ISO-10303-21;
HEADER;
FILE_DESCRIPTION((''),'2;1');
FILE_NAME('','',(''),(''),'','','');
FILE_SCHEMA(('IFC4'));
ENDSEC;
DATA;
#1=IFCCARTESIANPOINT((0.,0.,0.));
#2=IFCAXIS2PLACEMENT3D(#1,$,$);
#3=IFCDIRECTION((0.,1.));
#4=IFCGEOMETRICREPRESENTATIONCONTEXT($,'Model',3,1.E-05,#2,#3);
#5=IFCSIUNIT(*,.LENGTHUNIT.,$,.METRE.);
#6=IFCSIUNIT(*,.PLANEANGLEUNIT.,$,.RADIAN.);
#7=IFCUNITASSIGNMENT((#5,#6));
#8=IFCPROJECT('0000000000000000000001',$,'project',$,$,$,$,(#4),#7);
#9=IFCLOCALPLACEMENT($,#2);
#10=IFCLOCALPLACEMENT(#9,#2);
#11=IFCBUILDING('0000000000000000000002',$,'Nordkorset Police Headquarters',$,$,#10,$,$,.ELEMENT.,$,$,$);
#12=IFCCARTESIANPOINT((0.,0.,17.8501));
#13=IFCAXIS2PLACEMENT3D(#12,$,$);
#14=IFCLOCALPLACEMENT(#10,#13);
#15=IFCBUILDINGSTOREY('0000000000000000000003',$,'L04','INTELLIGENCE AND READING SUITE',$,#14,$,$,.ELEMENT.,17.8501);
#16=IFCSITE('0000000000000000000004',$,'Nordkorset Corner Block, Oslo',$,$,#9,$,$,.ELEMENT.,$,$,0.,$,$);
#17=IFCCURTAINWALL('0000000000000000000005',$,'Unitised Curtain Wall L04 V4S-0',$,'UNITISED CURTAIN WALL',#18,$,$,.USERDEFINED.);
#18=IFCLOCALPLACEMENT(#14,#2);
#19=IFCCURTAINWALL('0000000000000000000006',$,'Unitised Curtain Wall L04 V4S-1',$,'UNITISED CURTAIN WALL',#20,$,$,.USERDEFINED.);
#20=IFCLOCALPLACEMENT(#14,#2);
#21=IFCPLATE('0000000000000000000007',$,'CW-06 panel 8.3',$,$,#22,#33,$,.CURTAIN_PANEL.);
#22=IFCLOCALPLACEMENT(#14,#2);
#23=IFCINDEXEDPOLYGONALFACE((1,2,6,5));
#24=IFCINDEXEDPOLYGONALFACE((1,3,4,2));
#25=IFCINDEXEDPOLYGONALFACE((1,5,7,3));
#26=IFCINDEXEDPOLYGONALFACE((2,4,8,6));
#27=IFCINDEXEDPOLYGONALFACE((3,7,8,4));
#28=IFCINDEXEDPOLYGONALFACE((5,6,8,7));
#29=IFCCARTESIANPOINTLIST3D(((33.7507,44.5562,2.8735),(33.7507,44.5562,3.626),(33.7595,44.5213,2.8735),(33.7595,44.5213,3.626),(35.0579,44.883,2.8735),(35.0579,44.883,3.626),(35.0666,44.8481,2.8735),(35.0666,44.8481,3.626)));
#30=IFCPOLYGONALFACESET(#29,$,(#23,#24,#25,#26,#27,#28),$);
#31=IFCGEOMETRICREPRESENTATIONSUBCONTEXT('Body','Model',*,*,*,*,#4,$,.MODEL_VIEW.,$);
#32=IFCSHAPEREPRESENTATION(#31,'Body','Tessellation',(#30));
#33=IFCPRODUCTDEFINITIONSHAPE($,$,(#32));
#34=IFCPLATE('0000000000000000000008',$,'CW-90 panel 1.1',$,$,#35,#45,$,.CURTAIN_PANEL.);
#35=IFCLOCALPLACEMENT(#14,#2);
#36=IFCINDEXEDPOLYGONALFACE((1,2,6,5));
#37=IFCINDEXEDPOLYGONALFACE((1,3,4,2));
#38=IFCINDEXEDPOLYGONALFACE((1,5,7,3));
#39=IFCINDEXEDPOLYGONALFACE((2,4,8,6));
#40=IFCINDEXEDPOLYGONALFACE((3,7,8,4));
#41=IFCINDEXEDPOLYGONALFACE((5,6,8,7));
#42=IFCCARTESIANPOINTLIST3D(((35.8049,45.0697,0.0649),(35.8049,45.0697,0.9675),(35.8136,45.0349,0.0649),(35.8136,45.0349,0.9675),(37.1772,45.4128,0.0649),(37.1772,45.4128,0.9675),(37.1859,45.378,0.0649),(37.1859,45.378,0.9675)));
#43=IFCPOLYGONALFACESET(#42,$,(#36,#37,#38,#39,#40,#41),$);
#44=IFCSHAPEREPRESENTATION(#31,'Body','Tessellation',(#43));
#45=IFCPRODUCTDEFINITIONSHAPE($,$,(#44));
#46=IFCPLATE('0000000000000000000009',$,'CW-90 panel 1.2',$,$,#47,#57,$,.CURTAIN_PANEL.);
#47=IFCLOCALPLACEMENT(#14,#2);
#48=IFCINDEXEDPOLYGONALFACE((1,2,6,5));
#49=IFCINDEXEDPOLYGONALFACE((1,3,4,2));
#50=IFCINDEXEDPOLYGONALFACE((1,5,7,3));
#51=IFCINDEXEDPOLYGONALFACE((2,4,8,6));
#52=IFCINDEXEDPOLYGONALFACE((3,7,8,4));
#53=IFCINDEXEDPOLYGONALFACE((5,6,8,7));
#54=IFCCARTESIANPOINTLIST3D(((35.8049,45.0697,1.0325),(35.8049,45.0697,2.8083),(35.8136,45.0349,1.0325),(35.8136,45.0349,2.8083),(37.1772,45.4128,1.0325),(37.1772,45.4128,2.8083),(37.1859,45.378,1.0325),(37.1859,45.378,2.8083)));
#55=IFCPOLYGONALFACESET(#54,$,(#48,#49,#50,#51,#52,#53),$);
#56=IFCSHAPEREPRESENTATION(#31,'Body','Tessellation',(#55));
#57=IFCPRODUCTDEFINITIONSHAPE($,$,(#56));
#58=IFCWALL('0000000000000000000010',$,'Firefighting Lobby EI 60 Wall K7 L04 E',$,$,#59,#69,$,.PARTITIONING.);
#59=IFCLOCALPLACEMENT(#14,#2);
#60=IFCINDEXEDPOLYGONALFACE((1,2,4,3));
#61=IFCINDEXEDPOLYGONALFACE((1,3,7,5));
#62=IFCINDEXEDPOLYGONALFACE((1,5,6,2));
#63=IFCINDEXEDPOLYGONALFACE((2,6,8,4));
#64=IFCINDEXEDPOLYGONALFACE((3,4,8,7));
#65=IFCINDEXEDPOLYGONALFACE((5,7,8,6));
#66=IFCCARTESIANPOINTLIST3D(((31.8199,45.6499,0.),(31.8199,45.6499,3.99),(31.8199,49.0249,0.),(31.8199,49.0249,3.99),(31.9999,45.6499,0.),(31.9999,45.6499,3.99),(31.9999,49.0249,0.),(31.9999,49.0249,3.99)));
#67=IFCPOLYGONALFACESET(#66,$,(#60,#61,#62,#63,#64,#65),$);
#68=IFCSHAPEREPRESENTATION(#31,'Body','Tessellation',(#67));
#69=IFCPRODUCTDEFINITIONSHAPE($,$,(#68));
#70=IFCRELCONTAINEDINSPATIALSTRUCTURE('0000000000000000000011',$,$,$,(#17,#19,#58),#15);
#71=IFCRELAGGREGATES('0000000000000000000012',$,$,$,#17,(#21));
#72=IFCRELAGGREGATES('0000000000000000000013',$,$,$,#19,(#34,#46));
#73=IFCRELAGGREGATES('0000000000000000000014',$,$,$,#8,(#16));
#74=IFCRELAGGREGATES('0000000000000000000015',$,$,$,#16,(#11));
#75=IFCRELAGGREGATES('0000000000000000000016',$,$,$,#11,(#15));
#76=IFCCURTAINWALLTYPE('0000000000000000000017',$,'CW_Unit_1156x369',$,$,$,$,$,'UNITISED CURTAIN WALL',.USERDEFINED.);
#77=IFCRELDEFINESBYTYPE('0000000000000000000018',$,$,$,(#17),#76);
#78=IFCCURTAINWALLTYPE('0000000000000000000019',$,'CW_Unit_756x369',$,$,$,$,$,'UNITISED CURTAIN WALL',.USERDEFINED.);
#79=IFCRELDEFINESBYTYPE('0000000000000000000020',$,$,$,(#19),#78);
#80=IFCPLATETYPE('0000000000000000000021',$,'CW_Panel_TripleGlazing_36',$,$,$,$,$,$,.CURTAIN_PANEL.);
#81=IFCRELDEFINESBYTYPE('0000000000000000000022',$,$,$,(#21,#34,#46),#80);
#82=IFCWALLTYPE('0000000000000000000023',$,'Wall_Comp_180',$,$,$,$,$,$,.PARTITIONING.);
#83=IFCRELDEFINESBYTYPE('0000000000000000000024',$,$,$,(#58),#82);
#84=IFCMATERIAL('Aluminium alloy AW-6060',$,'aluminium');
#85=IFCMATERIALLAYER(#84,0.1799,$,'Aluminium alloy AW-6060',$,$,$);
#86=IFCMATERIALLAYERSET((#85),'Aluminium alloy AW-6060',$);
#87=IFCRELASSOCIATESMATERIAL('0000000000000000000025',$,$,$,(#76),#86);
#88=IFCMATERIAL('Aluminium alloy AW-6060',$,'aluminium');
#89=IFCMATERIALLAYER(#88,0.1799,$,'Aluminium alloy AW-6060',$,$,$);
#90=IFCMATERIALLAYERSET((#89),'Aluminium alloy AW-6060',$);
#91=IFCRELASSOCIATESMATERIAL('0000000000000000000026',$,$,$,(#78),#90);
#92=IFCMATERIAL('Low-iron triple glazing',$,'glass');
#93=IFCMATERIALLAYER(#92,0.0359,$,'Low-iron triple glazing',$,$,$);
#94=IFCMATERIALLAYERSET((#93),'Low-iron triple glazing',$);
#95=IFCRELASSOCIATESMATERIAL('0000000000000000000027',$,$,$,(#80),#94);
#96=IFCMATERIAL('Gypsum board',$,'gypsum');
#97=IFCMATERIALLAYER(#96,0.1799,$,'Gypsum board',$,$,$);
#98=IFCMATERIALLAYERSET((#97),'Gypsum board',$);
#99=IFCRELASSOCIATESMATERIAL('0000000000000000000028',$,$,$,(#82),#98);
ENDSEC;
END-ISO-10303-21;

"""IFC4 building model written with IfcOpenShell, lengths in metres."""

from ifc_helpers import new_model, si_unit, direction, frame, frame_2d, origin, origin_2d, place, context, subcontext, project, spatial, rectangle, extrude, material, layer, layer_set, type_object, element, aggregate, save


model = new_model("IFC4")

# Units and contexts
model_context = context("Model", 3, precision=1e-05, world=origin(), true_north=direction((0.0, 1.0)))
body_context = subcontext(model_context, "Body", "Model", "MODEL_VIEW")
ifc_project = project(units=[si_unit("LENGTHUNIT", "METRE"), si_unit("PLANEANGLEUNIT", "RADIAN")], contexts=[model_context])

# Site, building, storey
site_placement = place(None, origin())
site = spatial("IfcSite", under=ifc_project, at=site_placement, Name="Nordkorset Corner Block, Oslo", CompositionType="ELEMENT", RefElevation=0.0)
building_placement = place(site_placement, origin())
building = spatial("IfcBuilding", under=site, at=building_placement, Name="Nordkorset Police Headquarters", CompositionType="ELEMENT")
storey_placement = place(building_placement, frame((0.0, 0.0, 17.8501)))
storey = spatial("IfcBuildingStorey", under=building, at=storey_placement, Name="L04", Description="INTELLIGENCE AND READING SUITE", CompositionType="ELEMENT", Elevation=17.8501)

# Curtain wall
ifc_material_1 = material(Name="Aluminium alloy AW-6060", Category="aluminium")
ifc_layer_1 = layer(ifc_material_1, 0.1799, Name="Aluminium alloy AW-6060")
ifc_layer_set_1 = layer_set([ifc_layer_1], Name="Aluminium alloy AW-6060")
curtain_wall_type_1 = type_object("IfcCurtainWallType", Name="CW_Unit_1156x369", ElementType="UNITISED CURTAIN WALL", PredefinedType="USERDEFINED", material=ifc_layer_set_1)
curtain_wall_1_placement = place(storey_placement, origin())
curtain_wall_1 = element("IfcCurtainWall", 1, at=curtain_wall_1_placement, inside=storey, type_object=curtain_wall_type_1, Name="Unitised Curtain Wall L04 V4S-0", ObjectType="UNITISED CURTAIN WALL", PredefinedType="USERDEFINED")

# Curtain wall
ifc_material_2 = material(Name="Aluminium alloy AW-6060", Category="aluminium")
ifc_layer_2 = layer(ifc_material_2, 0.1799, Name="Aluminium alloy AW-6060")
ifc_layer_set_2 = layer_set([ifc_layer_2], Name="Aluminium alloy AW-6060")
curtain_wall_type_2 = type_object("IfcCurtainWallType", Name="CW_Unit_756x369", ElementType="UNITISED CURTAIN WALL", PredefinedType="USERDEFINED", material=ifc_layer_set_2)
curtain_wall_2_placement = place(storey_placement, origin())
curtain_wall_2 = element("IfcCurtainWall", 2, at=curtain_wall_2_placement, inside=storey, type_object=curtain_wall_type_2, Name="Unitised Curtain Wall L04 V4S-1", ObjectType="UNITISED CURTAIN WALL", PredefinedType="USERDEFINED")

# Plates
ifc_material_3 = material(Name="Low-iron triple glazing", Category="glass")
ifc_layer_3 = layer(ifc_material_3, 0.0359, Name="Low-iron triple glazing")
ifc_layer_set_3 = layer_set([ifc_layer_3], Name="Low-iron triple glazing")
plate_type = type_object("IfcPlateType", Name="CW_Panel_TripleGlazing_36", PredefinedType="CURTAIN_PANEL", material=ifc_layer_set_3)
plate_1_placement = place(storey_placement, frame((34.4087, 44.7021, 2.8735), z_axis=(0.0, 0.0, 1.0), x_axis=(0.970143, 0.242536, 0.0)))
plate_1 = element("IfcPlate", 3, at=plate_1_placement, type_object=plate_type, Name="CW-06 panel 8.3", PredefinedType="CURTAIN_PANEL", context=body_context, shape_type="SweptSolid", body=[
    extrude(rectangle(XDim=1.3474, YDim=0.0359, at=origin_2d()), origin(), (0.0, 0.0, 1.0), 0.7524),
])
aggregate(curtain_wall_1, [plate_1])
plate_2_placement = place(storey_placement, frame((36.4954, 45.2239, 0.0649), z_axis=(0.0, 0.0, 1.0), x_axis=(0.970143, 0.242536, 0.0)))
plate_2 = element("IfcPlate", 4, at=plate_2_placement, type_object=plate_type, Name="CW-90 panel 1.1", PredefinedType="CURTAIN_PANEL", context=body_context, shape_type="SweptSolid", body=[
    extrude(rectangle(XDim=1.4146, YDim=0.0359, at=origin_2d()), origin(), (0.0, 0.0, 1.0), 0.9026),
])
plate_3_placement = place(storey_placement, frame((36.4954, 45.2239, 1.0325), z_axis=(0.0, 0.0, 1.0), x_axis=(0.970143, 0.242536, 0.0)))
plate_3 = element("IfcPlate", 5, at=plate_3_placement, type_object=plate_type, Name="CW-90 panel 1.2", PredefinedType="CURTAIN_PANEL", context=body_context, shape_type="SweptSolid", body=[
    extrude(rectangle(XDim=1.4146, YDim=0.0359, at=origin_2d()), origin(), (0.0, 0.0, 1.0), 1.7759),
])
aggregate(curtain_wall_2, [plate_2, plate_3])

# Wall
ifc_material_4 = material(Name="Gypsum board", Category="gypsum")
ifc_layer_4 = layer(ifc_material_4, 0.1799, Name="Gypsum board")
ifc_layer_set_4 = layer_set([ifc_layer_4], Name="Gypsum board")
wall_type = type_object("IfcWallType", Name="Wall_Comp_180", PredefinedType="PARTITIONING", material=ifc_layer_set_4)
wall_placement = place(storey_placement, frame((31.9099, 45.6499, 0.0), z_axis=(0.0, 0.0, 1.0), x_axis=(0.0, 1.0, 0.0)))
element("IfcWall", 6, at=wall_placement, inside=storey, type_object=wall_type, Name="Firefighting Lobby EI 60 Wall K7 L04 E", PredefinedType="PARTITIONING", context=body_context, shape_type="SweptSolid", body=[
    extrude(rectangle(XDim=3.375, YDim=0.1799, at=frame_2d((1.6875, 0.0))), origin(), (0.0, 0.0, 1.0), 3.99),
])

save(model, "model.ifc")
